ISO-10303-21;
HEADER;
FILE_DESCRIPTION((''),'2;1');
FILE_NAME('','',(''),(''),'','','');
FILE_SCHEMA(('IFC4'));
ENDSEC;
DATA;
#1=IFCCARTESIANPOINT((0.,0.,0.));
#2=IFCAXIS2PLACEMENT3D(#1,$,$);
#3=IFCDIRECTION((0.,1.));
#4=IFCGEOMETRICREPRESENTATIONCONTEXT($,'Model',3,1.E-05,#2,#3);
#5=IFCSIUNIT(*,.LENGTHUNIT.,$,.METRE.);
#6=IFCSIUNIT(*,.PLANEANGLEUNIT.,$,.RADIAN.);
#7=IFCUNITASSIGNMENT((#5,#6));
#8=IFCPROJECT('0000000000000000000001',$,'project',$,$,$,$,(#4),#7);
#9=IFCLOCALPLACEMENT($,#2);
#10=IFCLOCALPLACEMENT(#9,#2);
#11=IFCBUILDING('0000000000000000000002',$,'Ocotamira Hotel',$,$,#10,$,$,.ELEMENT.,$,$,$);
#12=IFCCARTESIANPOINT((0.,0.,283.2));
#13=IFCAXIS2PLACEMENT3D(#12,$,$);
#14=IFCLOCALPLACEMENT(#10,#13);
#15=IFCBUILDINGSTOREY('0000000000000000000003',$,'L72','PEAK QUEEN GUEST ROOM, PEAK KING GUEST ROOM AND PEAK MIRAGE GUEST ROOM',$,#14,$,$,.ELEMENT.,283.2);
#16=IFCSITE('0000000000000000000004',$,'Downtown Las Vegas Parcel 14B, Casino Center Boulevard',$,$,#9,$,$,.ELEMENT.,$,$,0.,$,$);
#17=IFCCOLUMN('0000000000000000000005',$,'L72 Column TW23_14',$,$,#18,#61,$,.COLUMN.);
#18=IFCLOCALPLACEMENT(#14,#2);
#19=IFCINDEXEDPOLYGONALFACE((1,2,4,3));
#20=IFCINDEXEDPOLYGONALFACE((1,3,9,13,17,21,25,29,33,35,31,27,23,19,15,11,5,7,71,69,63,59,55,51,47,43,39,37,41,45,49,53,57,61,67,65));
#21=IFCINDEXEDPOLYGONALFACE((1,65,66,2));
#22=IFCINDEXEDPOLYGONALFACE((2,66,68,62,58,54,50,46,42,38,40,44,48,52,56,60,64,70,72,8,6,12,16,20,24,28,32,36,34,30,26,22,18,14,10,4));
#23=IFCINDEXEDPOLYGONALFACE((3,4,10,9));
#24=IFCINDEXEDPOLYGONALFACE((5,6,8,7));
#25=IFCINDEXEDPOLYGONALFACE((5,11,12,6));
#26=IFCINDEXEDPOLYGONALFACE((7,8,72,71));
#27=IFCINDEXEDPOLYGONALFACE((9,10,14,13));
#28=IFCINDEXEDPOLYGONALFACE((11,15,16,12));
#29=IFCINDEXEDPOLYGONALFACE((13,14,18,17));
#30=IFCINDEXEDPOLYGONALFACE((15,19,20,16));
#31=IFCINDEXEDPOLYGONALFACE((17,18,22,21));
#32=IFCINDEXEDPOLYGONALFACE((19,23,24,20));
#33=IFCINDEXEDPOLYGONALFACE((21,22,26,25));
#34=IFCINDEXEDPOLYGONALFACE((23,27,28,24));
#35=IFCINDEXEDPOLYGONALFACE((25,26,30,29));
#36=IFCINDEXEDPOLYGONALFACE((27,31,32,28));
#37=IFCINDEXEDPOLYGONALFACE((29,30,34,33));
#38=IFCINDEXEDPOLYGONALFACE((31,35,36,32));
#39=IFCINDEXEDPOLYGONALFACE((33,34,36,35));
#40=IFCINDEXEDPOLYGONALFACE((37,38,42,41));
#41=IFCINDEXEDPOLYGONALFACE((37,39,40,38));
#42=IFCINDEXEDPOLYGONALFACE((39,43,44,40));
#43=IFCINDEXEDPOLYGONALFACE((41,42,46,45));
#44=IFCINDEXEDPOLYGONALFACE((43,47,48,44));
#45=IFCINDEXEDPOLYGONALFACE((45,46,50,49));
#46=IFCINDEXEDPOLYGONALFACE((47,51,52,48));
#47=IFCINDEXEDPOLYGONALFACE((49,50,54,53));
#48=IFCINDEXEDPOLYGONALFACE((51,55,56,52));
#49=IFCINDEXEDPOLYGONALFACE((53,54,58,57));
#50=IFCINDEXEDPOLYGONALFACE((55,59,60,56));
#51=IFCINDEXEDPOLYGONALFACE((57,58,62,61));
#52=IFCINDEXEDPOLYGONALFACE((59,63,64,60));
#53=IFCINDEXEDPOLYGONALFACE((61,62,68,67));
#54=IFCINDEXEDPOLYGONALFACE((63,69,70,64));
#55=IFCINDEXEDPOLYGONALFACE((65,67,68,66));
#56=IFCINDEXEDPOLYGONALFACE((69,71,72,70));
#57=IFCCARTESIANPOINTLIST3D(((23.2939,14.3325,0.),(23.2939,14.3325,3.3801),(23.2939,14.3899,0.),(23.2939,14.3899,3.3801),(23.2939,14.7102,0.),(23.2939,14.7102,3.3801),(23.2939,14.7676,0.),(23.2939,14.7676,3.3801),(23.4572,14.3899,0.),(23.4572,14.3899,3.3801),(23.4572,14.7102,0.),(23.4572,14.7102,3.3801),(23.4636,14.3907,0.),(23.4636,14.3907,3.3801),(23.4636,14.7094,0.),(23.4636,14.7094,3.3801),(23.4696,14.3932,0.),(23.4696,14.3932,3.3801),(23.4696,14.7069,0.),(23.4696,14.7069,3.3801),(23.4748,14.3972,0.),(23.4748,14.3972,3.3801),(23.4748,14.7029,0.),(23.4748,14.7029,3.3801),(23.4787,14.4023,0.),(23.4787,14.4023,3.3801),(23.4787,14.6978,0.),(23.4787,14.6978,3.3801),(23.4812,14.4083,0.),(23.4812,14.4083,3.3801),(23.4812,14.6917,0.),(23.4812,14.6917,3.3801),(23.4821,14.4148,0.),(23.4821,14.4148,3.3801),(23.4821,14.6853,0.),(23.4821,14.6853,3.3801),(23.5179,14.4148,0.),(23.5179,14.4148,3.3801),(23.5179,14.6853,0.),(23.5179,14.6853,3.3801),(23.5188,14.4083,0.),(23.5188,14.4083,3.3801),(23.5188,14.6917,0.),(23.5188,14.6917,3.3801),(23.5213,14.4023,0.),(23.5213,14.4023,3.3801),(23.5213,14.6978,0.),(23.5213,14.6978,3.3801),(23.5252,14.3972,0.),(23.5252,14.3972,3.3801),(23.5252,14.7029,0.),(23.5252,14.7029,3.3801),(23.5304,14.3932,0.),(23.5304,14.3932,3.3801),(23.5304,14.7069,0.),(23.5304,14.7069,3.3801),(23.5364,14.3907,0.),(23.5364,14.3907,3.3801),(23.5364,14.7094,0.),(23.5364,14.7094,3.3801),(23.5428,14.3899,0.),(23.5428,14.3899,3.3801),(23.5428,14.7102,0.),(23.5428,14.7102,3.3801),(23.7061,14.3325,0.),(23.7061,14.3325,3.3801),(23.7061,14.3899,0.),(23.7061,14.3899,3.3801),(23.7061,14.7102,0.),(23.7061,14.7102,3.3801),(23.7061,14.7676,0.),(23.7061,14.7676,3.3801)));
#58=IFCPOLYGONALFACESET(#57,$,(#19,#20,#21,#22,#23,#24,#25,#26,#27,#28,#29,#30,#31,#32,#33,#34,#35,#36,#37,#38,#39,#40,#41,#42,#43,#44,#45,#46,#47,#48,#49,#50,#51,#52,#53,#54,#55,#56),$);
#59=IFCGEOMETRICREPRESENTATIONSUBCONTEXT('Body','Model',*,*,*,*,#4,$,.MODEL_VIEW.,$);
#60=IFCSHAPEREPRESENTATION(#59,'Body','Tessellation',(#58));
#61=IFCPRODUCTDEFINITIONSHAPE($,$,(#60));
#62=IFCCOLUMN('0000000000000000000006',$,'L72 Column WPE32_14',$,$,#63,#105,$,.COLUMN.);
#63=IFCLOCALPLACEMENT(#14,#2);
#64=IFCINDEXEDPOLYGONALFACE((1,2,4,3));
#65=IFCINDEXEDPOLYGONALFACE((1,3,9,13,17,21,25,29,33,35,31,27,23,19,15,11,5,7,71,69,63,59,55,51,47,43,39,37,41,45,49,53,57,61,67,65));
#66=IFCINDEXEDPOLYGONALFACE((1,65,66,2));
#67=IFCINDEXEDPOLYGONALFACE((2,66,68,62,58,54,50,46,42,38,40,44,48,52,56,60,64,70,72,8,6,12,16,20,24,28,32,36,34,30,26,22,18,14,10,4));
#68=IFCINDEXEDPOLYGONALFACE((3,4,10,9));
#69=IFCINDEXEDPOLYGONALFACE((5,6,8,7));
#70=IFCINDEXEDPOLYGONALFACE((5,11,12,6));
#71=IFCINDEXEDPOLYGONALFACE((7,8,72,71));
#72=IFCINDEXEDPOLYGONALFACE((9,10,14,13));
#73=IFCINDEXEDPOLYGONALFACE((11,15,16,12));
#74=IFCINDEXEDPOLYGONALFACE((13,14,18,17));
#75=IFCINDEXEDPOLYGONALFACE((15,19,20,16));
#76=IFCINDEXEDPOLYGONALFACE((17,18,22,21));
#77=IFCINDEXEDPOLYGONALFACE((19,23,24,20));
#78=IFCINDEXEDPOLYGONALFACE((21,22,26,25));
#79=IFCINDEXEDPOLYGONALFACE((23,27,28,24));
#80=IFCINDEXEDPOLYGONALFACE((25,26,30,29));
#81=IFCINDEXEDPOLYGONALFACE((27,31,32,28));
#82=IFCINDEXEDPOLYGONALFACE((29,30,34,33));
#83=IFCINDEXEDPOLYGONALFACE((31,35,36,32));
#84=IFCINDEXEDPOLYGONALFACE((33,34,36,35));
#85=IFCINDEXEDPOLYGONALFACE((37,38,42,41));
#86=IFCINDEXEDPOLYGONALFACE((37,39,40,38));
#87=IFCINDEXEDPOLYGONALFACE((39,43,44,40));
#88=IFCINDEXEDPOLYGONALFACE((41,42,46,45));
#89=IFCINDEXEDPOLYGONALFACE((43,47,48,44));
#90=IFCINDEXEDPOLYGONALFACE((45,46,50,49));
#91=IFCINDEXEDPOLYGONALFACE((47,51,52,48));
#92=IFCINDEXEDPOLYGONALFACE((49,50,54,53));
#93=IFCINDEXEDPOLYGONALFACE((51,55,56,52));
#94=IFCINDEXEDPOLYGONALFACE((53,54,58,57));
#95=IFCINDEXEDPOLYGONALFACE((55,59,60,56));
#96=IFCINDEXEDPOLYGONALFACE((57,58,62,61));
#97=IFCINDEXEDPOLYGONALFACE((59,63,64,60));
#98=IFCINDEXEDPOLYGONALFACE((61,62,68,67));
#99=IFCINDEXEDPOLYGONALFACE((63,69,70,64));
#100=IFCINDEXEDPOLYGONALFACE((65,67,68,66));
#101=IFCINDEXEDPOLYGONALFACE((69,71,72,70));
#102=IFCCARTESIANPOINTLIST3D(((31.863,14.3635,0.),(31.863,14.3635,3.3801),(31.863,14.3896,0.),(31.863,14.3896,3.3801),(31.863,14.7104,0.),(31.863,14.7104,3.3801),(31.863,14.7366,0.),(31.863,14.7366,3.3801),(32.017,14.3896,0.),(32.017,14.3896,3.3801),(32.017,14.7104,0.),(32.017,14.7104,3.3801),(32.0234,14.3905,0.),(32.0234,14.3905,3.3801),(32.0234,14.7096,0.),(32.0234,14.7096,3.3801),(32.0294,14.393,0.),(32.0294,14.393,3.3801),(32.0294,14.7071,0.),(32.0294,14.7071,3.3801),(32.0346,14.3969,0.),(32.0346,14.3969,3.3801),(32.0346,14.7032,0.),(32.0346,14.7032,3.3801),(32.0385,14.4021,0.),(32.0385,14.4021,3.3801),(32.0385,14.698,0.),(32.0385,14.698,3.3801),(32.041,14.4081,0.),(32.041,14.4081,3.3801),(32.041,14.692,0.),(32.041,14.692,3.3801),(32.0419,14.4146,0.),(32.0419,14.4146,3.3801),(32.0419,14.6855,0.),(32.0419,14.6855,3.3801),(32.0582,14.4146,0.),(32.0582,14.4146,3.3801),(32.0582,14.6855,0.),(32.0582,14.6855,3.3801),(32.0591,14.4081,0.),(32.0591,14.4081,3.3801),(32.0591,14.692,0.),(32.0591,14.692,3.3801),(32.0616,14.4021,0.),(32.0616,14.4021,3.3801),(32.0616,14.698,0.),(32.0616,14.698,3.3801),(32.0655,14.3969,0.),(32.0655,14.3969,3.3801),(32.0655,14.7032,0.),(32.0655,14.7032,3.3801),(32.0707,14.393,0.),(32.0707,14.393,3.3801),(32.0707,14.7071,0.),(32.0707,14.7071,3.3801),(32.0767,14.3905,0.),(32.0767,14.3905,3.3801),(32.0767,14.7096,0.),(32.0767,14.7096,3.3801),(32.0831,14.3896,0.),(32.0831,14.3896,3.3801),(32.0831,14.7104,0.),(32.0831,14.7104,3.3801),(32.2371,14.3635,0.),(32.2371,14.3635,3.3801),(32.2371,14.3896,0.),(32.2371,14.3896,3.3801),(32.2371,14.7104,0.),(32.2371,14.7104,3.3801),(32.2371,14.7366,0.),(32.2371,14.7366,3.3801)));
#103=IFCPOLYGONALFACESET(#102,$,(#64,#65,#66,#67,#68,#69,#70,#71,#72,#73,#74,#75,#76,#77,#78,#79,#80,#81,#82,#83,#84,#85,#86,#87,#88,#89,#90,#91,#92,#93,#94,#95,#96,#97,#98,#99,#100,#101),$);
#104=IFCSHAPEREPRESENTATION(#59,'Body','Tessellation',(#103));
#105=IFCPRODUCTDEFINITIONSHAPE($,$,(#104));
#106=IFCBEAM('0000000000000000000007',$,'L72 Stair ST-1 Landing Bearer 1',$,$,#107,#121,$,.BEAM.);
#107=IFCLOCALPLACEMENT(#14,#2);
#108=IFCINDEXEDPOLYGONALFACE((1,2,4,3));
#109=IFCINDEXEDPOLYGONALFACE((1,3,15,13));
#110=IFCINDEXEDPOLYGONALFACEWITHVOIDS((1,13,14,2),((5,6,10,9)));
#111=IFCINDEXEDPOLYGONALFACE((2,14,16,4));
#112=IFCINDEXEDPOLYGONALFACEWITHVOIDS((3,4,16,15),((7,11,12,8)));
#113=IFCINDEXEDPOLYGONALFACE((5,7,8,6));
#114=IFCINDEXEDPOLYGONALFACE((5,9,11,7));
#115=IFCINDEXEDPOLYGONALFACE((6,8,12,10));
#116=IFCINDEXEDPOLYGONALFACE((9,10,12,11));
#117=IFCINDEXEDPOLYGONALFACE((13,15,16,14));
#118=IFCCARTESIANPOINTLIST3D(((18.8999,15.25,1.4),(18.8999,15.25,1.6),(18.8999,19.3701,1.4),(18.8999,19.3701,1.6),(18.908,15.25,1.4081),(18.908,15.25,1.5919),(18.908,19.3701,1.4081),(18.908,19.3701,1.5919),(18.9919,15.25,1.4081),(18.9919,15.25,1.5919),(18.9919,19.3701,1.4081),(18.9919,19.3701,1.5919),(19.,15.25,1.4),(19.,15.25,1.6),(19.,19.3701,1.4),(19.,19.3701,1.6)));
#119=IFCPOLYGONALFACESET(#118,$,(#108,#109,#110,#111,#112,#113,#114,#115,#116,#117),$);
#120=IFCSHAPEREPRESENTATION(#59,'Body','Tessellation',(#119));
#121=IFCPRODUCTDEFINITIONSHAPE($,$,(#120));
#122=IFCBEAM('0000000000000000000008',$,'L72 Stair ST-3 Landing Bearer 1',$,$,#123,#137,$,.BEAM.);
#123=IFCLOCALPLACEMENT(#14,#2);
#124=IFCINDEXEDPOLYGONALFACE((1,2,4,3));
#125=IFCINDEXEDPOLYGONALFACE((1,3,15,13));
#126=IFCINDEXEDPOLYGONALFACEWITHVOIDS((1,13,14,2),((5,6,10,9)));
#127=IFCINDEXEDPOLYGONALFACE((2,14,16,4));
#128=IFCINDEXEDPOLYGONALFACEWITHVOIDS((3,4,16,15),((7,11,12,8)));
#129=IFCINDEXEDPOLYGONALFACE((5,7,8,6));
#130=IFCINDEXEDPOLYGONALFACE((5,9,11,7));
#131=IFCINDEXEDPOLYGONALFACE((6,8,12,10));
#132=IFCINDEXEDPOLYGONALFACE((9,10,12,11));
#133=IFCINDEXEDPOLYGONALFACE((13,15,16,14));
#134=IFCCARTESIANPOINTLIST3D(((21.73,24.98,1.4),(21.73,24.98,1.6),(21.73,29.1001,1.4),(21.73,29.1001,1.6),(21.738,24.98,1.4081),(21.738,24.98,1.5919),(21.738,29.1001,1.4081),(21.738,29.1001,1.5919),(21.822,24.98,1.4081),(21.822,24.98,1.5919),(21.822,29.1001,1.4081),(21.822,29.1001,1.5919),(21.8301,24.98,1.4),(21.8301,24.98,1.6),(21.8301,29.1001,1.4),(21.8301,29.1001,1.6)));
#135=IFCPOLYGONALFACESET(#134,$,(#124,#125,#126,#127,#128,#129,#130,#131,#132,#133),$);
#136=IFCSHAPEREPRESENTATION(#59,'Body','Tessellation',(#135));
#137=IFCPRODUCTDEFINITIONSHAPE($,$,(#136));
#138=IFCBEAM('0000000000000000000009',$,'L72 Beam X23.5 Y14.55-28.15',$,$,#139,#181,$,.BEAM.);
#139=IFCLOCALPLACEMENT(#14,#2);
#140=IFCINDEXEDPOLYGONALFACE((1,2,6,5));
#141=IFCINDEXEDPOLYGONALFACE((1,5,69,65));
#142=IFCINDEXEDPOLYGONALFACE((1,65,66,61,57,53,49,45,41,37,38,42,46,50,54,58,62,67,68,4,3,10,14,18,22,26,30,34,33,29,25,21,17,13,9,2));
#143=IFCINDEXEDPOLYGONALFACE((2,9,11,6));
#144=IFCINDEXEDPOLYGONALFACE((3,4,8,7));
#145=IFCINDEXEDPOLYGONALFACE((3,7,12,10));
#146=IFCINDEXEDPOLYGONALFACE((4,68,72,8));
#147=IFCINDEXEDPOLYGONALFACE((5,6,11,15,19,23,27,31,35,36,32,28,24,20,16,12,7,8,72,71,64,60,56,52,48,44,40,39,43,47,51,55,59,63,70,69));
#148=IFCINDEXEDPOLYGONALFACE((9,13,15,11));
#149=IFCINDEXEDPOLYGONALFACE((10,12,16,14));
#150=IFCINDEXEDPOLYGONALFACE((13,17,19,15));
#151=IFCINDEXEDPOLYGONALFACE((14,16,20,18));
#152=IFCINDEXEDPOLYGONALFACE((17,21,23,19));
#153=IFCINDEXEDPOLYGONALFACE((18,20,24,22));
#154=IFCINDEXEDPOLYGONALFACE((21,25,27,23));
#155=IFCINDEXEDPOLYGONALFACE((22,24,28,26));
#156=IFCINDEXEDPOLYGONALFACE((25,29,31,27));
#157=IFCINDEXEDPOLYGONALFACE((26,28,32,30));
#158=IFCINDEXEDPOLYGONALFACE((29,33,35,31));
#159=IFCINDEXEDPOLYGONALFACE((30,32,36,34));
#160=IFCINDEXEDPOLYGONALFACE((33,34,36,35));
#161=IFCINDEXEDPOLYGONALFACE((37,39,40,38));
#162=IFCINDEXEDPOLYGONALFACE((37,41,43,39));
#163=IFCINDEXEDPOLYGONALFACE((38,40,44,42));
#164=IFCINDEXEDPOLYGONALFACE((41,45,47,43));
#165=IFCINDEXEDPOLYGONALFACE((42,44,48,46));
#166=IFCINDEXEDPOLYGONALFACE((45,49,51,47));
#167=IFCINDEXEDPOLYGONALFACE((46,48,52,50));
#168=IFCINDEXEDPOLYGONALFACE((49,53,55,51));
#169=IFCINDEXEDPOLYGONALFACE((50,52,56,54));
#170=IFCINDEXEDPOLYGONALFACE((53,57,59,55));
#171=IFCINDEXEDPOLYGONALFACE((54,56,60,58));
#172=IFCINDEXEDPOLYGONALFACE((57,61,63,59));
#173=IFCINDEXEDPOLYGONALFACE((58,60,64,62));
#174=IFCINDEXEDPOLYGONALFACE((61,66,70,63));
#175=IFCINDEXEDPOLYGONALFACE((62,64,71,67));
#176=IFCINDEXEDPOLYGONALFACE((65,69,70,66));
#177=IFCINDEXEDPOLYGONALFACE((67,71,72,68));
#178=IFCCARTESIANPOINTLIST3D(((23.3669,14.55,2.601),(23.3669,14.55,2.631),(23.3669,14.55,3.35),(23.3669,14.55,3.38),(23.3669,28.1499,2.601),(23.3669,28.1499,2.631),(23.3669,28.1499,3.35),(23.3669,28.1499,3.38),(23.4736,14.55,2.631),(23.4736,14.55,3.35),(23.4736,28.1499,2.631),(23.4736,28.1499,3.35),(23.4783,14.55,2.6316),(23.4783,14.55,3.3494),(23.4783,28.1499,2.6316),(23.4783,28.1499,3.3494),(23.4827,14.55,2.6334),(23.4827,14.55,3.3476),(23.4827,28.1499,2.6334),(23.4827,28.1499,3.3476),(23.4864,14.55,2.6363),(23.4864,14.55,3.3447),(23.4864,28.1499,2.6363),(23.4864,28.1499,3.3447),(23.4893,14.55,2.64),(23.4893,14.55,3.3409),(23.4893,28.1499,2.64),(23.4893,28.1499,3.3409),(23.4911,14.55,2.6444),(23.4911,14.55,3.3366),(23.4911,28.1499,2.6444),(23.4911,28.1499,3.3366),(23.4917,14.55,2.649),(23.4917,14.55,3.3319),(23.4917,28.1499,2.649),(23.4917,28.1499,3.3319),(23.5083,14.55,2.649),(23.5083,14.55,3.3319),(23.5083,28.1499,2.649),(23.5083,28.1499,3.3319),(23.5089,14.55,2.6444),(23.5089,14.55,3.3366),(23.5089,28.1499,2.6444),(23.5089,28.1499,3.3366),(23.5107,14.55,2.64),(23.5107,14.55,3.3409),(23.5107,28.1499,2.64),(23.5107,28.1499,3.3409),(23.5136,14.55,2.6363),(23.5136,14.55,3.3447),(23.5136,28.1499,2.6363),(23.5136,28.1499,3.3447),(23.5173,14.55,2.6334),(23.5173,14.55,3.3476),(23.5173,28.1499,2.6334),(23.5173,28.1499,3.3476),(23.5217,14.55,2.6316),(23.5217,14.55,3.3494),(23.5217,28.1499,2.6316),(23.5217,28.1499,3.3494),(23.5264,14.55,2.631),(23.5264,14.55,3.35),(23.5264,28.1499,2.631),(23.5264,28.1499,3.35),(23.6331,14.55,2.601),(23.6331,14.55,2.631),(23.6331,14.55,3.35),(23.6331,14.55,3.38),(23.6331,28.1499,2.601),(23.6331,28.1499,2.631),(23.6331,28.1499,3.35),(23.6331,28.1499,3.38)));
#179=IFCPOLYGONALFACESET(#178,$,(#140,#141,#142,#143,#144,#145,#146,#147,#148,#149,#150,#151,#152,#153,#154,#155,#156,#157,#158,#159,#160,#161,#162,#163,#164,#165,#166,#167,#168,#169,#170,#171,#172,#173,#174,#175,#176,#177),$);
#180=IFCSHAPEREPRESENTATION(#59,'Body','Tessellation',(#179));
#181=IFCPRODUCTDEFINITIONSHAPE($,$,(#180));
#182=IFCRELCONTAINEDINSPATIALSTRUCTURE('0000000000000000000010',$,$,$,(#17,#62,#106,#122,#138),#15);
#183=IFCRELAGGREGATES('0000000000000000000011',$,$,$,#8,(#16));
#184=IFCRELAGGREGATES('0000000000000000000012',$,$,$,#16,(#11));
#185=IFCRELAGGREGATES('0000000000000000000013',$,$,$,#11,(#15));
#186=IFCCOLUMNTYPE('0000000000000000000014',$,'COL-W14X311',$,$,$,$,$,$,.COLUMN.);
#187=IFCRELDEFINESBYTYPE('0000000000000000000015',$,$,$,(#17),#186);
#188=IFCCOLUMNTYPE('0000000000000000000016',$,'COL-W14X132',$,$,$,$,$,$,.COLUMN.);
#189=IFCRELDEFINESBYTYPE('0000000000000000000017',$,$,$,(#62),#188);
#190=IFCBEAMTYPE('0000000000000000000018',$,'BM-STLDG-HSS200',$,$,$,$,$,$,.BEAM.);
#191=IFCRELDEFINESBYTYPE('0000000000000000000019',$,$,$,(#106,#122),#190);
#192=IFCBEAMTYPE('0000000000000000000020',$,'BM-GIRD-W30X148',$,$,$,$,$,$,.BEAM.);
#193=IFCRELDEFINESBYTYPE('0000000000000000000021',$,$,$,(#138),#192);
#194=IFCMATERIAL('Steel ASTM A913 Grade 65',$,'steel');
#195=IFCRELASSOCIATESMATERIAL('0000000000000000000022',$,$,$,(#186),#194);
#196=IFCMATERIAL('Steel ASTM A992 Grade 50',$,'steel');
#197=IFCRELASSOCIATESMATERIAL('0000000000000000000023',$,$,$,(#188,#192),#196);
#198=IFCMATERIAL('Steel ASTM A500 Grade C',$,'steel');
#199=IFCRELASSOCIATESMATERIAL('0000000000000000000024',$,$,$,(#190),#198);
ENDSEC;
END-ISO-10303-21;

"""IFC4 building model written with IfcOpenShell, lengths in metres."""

from ifc_helpers import new_model, si_unit, direction, frame, origin, origin_2d, place, context, subcontext, project, spatial, hollow_rectangle, i_section, extrude, source, transform, mapped, material, material_profile, profile_set, type_object, element, save


model = new_model("IFC4")

# Units and contexts
model_context = context("Model", 3, precision=1e-05, world=origin(), true_north=direction((0.0, 1.0)))
body_context = subcontext(model_context, "Body", "Model", "MODEL_VIEW")
ifc_project = project(units=[si_unit("LENGTHUNIT", "METRE"), si_unit("PLANEANGLEUNIT", "RADIAN")], contexts=[model_context])

# Site, building, storey
site_placement = place(None, origin())
site = spatial("IfcSite", under=ifc_project, at=site_placement, Name="Downtown Las Vegas Parcel 14B, Casino Center Boulevard", CompositionType="ELEMENT", RefElevation=0.0)
building_placement = place(site_placement, origin())
building = spatial("IfcBuilding", under=site, at=building_placement, Name="Ocotamira Hotel", CompositionType="ELEMENT")
storey_placement = place(building_placement, frame((0.0, 0.0, 283.2)))
storey = spatial("IfcBuildingStorey", under=building, at=storey_placement, Name="L72", Description="PEAK QUEEN GUEST ROOM, PEAK KING GUEST ROOM AND PEAK MIRAGE GUEST ROOM", CompositionType="ELEMENT", Elevation=283.2)

# Columns
ifc_material_1 = material(Name="Steel ASTM A913 Grade 65", Category="steel")
ifc_material_profile_1 = material_profile(ifc_material_1, i_section(OverallWidth=0.4121, OverallDepth=0.4351, WebThickness=0.0359, FlangeThickness=0.0574, FilletRadius=0.0249, at=origin_2d()), Name="W14X311")
ifc_profile_set_1 = profile_set([ifc_material_profile_1], Name="Steel ASTM A913 Grade 65")
column_type_1 = type_object("IfcColumnType", Name="COL-W14X311", PredefinedType="COLUMN", material=ifc_profile_set_1)
shared_shape_1 = source(origin(), body_context, "Body", "SweptSolid", [
    extrude(i_section(OverallWidth=0.4121, OverallDepth=0.4351, WebThickness=0.0359, FlangeThickness=0.0574, FilletRadius=0.0249, at=origin_2d()), origin(), (0.0, 0.0, 1.0), 3.3801),
])
column_1_placement = place(storey_placement, frame((23.5, 14.55, 0.0), z_axis=(0.0, 0.0, 1.0), x_axis=(1.0, 0.0, 0.0)))
element("IfcColumn", 1, at=column_1_placement, inside=storey, type_object=column_type_1, Name="L72 Column TW23_14", PredefinedType="COLUMN", context=body_context, shape_type="MappedRepresentation", body=[
    mapped(shared_shape_1, transform((0.0, 0.0, 0.0), scale=1.0)),
])
ifc_material_2 = material(Name="Steel ASTM A992 Grade 50", Category="steel")
ifc_material_profile_2 = material_profile(ifc_material_2, i_section(OverallWidth=0.374, OverallDepth=0.373, WebThickness=0.0164, FlangeThickness=0.0261, FilletRadius=0.0249, at=origin_2d()), Name="W14X132")
ifc_profile_set_2 = profile_set([ifc_material_profile_2], Name="Steel ASTM A992 Grade 50")
column_type_2 = type_object("IfcColumnType", Name="COL-W14X132", PredefinedType="COLUMN", material=ifc_profile_set_2)
shared_shape_2 = source(origin(), body_context, "Body", "SweptSolid", [
    extrude(i_section(OverallWidth=0.374, OverallDepth=0.373, WebThickness=0.0164, FlangeThickness=0.0261, FilletRadius=0.0249, at=origin_2d()), origin(), (0.0, 0.0, 1.0), 3.3801),
])
column_2_placement = place(storey_placement, frame((32.05, 14.55, 0.0), z_axis=(0.0, 0.0, 1.0), x_axis=(1.0, 0.0, 0.0)))
element("IfcColumn", 2, at=column_2_placement, inside=storey, type_object=column_type_2, Name="L72 Column WPE32_14", PredefinedType="COLUMN", context=body_context, shape_type="MappedRepresentation", body=[
    mapped(shared_shape_2, transform((0.0, 0.0, 0.0), scale=1.0)),
])

# Beams
ifc_material_3 = material(Name="Steel ASTM A500 Grade C", Category="steel")
ifc_material_profile_3 = material_profile(ifc_material_3, hollow_rectangle(XDim=0.1001, YDim=0.2, WallThickness=0.0081, at=origin_2d()), Name="HSS200X100X8")
ifc_profile_set_3 = profile_set([ifc_material_profile_3], Name="Steel ASTM A500 Grade C")
beam_type_1 = type_object("IfcBeamType", Name="BM-STLDG-HSS200", PredefinedType="BEAM", material=ifc_profile_set_3)
shared_shape_3 = source(origin(), body_context, "Body", "SweptSolid", [
    extrude(hollow_rectangle(XDim=0.1001, YDim=0.2, WallThickness=0.0081, at=origin_2d()), origin(), (0.0, 0.0, 1.0), 4.1201),
])
for number, where, z_axis, x_axis, name in (
    (3, (18.95, 15.25, 1.5), (0.0, 1.0, 0.0), (-1.0, 0.0, 0.0), "L72 Stair ST-1 Landing Bearer 1"),
    (4, (21.78, 24.98, 1.5), (0.0, 1.0, 0.0), (-1.0, 0.0, 0.0), "L72 Stair ST-3 Landing Bearer 1"),
):
    element("IfcBeam", number, at=place(storey_placement, frame(where, z_axis=z_axis, x_axis=x_axis)), inside=storey, type_object=beam_type_1, Name=name, PredefinedType="BEAM", context=body_context, shape_type="MappedRepresentation", body=[
        mapped(shared_shape_3, transform((0.0, 0.0, 0.0), scale=1.0)),
    ])
ifc_material_profile_4 = material_profile(ifc_material_2, i_section(OverallWidth=0.2661, OverallDepth=0.7791, WebThickness=0.0166, FlangeThickness=0.03, FilletRadius=0.0181, at=origin_2d()), Name="W30X148")
ifc_profile_set_4 = profile_set([ifc_material_profile_4], Name="Steel ASTM A992 Grade 50")
beam_type_2 = type_object("IfcBeamType", Name="BM-GIRD-W30X148", PredefinedType="BEAM", material=ifc_profile_set_4)
shared_shape_4 = source(origin(), body_context, "Body", "SweptSolid", [
    extrude(i_section(OverallWidth=0.2661, OverallDepth=0.7791, WebThickness=0.0166, FlangeThickness=0.03, FilletRadius=0.0181, at=origin_2d()), origin(), (0.0, 0.0, 1.0), 13.5999),
])
for number, where, z_axis, x_axis, name in (
    (5, (23.5, 14.55, 2.9905), (0.0, 1.0, 0.0), (-1.0, 0.0, 0.0), "L72 Beam X23.5 Y14.55-28.15"),
):
    element("IfcBeam", number, at=place(storey_placement, frame(where, z_axis=z_axis, x_axis=x_axis)), inside=storey, type_object=beam_type_2, Name=name, PredefinedType="BEAM", context=body_context, shape_type="MappedRepresentation", body=[
        mapped(shared_shape_4, transform((0.0, 0.0, 0.0), scale=1.0)),
    ])

save(model, "model.ifc")
